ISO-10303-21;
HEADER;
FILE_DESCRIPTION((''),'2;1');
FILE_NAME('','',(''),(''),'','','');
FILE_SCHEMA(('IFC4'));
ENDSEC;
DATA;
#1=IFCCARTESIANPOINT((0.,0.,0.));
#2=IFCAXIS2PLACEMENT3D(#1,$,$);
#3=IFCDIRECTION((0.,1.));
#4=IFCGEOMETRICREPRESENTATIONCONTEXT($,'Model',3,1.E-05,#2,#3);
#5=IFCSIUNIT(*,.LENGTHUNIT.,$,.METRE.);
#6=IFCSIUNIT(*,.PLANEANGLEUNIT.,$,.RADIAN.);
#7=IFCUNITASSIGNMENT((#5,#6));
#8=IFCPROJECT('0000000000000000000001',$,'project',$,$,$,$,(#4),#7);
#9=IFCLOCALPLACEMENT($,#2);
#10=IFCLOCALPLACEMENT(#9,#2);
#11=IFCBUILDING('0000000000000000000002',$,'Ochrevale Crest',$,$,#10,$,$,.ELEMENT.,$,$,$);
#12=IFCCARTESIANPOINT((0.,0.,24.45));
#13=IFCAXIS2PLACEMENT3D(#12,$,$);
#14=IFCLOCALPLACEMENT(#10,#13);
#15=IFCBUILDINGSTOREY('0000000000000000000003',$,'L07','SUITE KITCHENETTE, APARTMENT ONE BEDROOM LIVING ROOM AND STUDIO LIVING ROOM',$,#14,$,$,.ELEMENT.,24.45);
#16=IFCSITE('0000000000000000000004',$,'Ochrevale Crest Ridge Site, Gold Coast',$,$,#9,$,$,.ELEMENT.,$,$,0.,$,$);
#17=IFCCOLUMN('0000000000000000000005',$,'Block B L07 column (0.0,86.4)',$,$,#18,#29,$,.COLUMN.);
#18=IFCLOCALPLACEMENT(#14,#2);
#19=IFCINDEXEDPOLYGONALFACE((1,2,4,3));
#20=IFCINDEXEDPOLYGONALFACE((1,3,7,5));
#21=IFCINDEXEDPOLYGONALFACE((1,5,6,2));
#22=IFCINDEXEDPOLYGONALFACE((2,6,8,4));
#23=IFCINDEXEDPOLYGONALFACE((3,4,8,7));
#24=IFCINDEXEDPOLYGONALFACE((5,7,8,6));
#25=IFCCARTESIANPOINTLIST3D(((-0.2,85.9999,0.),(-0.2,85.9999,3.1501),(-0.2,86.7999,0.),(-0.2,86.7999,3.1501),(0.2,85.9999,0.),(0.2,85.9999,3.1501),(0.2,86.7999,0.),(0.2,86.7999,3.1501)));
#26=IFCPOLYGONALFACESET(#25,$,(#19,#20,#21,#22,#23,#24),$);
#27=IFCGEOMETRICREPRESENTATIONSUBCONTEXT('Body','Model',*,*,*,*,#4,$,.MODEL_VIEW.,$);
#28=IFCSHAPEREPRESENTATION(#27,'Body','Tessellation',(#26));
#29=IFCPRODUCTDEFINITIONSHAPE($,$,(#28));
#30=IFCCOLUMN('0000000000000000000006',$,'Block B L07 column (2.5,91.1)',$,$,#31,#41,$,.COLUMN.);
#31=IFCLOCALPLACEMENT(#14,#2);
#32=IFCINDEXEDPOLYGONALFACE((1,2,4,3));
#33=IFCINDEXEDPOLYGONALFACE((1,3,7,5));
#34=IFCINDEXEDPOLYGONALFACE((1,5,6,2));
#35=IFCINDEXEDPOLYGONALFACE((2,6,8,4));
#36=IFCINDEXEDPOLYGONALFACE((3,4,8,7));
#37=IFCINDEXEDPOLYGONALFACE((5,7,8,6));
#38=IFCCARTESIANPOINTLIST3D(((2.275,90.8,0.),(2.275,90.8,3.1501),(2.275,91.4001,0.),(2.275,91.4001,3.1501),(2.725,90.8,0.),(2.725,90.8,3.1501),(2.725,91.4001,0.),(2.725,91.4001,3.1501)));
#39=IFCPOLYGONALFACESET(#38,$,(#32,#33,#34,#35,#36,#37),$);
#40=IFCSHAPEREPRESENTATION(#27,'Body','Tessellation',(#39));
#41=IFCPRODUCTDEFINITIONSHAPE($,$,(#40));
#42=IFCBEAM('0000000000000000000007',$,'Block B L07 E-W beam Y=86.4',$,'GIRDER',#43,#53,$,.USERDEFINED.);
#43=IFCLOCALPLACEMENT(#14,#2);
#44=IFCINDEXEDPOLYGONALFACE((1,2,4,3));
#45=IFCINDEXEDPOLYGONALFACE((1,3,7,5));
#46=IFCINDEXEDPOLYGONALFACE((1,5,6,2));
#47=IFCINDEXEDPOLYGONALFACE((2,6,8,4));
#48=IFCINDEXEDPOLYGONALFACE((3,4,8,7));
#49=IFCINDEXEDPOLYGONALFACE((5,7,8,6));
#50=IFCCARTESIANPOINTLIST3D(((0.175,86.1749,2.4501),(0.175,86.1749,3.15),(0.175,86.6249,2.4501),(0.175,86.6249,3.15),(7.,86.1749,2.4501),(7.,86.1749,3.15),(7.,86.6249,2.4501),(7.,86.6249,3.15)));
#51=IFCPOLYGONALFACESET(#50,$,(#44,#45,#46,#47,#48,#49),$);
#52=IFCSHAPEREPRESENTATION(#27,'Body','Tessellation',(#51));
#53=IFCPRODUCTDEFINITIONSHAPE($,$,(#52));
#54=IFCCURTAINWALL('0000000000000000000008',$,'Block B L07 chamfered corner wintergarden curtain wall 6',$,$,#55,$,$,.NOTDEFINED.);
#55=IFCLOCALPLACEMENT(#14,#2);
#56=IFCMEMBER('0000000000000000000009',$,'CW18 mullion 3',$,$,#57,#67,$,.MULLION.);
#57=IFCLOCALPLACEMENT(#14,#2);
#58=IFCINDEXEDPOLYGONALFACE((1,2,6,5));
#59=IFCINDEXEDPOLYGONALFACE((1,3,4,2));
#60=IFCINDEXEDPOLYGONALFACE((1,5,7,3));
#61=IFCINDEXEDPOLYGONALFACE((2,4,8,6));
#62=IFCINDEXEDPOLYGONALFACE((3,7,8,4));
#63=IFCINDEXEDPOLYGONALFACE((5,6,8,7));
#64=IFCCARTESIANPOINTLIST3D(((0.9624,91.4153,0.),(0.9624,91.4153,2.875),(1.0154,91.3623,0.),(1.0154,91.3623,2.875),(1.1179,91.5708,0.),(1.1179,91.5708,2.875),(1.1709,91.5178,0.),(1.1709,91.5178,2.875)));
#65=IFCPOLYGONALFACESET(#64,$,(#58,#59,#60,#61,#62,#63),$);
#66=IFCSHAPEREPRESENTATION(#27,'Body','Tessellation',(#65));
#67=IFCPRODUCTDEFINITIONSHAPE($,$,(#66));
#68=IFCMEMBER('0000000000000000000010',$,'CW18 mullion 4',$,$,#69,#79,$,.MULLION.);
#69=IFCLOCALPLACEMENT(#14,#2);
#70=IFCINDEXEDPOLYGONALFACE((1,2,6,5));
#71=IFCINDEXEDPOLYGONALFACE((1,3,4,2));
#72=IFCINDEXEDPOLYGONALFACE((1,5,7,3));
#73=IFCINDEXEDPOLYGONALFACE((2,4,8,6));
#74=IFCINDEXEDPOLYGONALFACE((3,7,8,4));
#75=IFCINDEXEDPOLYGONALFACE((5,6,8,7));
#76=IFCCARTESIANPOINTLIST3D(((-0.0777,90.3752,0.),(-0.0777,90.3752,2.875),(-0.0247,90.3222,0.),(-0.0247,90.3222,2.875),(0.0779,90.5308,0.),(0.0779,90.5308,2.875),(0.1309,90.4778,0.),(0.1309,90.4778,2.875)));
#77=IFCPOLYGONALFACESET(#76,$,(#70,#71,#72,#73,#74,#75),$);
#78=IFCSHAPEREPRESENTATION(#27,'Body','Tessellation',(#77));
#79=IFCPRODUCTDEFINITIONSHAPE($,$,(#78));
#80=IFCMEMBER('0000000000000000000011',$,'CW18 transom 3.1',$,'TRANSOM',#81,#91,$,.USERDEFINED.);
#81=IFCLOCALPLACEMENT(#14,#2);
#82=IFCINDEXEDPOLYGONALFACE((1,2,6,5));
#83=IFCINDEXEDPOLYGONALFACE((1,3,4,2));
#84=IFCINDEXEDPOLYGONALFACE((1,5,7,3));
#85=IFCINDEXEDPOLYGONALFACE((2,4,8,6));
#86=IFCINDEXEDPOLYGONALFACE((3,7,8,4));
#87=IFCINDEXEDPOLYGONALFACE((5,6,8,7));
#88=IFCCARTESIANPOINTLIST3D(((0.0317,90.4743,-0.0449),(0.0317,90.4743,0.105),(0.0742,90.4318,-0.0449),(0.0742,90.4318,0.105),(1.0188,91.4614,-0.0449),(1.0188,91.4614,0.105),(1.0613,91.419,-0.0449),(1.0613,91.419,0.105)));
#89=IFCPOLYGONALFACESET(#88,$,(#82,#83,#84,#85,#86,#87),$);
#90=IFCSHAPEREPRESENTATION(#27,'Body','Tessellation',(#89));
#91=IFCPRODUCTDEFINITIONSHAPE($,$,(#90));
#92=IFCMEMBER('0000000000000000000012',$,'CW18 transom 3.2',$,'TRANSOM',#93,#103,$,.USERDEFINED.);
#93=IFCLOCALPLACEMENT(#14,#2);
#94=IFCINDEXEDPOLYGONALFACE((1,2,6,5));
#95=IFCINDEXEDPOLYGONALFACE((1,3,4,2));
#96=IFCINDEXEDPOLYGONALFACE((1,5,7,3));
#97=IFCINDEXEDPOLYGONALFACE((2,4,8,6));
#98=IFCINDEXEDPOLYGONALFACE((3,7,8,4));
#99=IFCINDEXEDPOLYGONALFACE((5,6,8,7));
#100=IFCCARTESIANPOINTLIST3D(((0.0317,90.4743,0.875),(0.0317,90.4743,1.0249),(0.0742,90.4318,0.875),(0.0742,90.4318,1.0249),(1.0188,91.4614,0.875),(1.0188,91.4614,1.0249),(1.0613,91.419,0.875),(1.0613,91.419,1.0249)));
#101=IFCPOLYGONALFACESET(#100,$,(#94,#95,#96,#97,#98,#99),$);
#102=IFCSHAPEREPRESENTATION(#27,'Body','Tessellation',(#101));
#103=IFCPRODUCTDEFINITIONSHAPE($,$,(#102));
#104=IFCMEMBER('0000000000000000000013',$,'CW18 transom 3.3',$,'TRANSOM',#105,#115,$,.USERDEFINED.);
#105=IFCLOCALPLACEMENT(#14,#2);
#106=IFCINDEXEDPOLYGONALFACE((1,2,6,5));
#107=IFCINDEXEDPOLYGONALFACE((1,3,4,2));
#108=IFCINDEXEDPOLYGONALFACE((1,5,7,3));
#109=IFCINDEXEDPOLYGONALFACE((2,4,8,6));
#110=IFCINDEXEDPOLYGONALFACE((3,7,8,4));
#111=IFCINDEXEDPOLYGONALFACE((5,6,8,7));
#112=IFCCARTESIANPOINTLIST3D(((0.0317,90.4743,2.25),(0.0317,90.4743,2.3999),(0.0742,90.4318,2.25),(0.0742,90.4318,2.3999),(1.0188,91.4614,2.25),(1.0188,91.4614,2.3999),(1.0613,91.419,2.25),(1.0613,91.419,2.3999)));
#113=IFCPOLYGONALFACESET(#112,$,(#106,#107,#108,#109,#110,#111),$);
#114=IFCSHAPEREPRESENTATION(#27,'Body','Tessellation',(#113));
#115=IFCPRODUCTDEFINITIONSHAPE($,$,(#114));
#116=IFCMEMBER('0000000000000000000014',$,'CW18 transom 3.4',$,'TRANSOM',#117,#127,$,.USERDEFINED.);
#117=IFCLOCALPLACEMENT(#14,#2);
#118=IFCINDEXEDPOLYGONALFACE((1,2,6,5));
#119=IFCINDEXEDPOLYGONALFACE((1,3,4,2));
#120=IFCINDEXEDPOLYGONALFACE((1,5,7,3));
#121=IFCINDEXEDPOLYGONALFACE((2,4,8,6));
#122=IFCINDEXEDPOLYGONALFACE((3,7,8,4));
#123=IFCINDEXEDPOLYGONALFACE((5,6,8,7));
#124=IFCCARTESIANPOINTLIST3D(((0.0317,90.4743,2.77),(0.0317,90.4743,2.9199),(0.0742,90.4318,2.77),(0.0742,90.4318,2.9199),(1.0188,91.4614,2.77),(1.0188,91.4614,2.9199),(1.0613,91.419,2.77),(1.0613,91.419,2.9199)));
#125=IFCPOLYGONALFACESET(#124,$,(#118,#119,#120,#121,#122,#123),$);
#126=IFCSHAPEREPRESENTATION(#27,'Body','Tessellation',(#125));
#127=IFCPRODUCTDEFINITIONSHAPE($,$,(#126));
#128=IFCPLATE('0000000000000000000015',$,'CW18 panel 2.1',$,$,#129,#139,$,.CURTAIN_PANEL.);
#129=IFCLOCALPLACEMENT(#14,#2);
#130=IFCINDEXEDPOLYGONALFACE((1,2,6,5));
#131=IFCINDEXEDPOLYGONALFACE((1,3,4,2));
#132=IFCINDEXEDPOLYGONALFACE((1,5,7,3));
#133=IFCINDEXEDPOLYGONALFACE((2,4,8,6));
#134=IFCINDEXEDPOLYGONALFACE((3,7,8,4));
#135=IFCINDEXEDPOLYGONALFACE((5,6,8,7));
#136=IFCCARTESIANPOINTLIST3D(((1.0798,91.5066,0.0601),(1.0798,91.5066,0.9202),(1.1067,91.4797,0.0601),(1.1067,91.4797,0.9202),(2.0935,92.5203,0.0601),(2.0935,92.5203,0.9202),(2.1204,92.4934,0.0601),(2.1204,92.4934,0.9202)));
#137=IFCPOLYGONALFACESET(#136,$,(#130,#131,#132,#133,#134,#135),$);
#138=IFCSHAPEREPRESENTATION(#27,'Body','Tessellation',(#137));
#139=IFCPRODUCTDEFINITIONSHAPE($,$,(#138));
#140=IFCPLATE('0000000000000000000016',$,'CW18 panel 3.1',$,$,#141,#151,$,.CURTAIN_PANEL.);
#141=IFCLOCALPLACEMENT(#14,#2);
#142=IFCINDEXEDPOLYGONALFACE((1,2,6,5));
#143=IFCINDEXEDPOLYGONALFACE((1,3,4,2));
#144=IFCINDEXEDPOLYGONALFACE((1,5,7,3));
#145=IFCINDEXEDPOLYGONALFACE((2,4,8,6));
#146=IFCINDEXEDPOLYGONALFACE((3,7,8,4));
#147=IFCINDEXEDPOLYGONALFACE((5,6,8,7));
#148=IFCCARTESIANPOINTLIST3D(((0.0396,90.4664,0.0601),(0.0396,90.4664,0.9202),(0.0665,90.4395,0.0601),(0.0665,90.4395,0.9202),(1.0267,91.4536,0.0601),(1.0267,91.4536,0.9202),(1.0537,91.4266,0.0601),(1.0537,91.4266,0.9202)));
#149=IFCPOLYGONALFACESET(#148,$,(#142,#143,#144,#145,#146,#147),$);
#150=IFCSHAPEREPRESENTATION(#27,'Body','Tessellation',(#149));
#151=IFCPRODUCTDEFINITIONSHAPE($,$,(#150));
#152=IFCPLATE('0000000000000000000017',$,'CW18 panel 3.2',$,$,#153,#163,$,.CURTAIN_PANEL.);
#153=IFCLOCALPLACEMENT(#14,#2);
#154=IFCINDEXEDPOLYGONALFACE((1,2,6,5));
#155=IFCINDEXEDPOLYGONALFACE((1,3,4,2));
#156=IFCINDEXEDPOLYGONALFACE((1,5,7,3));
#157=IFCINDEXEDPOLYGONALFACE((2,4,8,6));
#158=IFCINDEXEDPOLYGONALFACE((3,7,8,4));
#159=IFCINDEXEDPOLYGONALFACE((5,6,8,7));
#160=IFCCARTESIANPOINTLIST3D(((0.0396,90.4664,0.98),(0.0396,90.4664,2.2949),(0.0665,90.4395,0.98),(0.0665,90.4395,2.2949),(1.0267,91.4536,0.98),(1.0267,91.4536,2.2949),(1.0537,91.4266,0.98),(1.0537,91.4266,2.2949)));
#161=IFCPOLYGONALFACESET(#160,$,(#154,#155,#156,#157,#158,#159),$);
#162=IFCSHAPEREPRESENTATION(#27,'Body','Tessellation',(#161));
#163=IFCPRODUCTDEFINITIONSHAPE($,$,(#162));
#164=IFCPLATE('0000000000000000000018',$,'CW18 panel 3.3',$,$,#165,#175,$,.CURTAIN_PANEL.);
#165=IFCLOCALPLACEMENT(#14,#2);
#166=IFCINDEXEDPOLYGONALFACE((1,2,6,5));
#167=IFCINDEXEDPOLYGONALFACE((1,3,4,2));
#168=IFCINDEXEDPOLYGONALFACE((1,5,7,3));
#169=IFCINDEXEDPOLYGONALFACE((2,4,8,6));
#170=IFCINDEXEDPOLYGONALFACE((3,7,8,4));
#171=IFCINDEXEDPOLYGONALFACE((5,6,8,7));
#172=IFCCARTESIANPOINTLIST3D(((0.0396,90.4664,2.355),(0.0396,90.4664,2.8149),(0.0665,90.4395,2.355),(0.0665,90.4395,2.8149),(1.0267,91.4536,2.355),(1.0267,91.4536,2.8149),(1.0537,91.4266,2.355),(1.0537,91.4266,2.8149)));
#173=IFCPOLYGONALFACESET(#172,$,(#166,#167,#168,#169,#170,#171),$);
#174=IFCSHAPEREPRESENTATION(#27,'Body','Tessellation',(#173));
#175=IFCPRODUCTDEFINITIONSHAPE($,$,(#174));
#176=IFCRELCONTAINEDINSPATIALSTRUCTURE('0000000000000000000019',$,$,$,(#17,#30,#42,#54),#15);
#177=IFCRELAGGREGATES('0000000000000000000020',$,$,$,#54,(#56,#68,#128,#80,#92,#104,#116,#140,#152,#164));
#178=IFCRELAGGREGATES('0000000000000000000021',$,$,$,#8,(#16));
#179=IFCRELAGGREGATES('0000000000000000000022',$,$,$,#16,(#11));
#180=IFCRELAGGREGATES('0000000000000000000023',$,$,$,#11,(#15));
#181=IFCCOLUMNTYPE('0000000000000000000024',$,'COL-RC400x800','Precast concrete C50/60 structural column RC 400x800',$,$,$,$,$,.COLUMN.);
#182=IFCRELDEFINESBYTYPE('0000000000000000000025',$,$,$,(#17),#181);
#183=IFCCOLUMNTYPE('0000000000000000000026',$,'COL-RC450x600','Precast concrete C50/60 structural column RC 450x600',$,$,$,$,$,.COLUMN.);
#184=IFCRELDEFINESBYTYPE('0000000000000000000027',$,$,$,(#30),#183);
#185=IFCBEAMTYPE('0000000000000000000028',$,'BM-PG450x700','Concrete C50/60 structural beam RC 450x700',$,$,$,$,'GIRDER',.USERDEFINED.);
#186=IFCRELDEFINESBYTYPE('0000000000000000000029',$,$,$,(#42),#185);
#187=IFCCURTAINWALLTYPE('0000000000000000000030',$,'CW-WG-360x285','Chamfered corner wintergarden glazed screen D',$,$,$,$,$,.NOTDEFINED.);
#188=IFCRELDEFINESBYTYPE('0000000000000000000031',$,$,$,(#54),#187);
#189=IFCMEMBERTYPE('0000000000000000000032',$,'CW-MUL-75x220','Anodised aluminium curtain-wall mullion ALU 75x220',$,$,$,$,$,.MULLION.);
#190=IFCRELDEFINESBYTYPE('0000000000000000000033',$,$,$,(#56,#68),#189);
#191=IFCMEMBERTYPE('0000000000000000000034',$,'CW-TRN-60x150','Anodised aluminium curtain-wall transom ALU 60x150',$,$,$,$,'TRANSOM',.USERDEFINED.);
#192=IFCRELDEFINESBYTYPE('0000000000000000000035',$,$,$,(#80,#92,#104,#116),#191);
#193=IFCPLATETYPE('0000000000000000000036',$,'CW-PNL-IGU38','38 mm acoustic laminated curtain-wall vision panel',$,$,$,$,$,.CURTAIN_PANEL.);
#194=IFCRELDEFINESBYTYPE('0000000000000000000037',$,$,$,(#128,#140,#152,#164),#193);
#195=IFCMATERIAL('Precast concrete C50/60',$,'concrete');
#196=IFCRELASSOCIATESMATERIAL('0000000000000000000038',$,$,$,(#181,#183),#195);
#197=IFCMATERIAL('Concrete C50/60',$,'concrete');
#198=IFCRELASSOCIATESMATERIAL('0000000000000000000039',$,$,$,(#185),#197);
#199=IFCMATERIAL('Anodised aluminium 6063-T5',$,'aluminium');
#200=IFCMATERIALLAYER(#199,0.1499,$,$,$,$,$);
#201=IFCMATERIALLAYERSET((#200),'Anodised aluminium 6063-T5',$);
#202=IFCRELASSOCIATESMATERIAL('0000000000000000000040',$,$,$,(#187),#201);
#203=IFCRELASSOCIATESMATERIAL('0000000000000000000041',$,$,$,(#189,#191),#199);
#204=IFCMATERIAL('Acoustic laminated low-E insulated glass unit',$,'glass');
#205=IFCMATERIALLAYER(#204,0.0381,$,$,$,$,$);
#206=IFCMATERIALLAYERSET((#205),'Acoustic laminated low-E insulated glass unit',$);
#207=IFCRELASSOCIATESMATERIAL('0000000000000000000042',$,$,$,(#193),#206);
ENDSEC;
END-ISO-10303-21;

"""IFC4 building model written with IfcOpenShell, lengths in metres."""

from ifc_helpers import new_model, si_unit, direction, frame, origin, origin_2d, place, context, subcontext, project, spatial, rectangle, extrude, material, layer, layer_set, material_profile, profile_set, type_object, element, aggregate, save


model = new_model("IFC4")

# Units and contexts
model_context = context("Model", 3, precision=1e-05, world=origin(), true_north=direction((0.0, 1.0)))
body_context = subcontext(model_context, "Body", "Model", "MODEL_VIEW")
ifc_project = project(units=[si_unit("LENGTHUNIT", "METRE"), si_unit("PLANEANGLEUNIT", "RADIAN")], contexts=[model_context])

# Site, building, storey
site_placement = place(None, origin())
site = spatial("IfcSite", under=ifc_project, at=site_placement, Name="Ochrevale Crest Ridge Site, Gold Coast", CompositionType="ELEMENT", RefElevation=0.0)
building_placement = place(site_placement, origin())
building = spatial("IfcBuilding", under=site, at=building_placement, Name="Ochrevale Crest", CompositionType="ELEMENT")
storey_placement = place(building_placement, frame((0.0, 0.0, 24.45)))
storey = spatial("IfcBuildingStorey", under=building, at=storey_placement, Name="L07", Description="SUITE KITCHENETTE, APARTMENT ONE BEDROOM LIVING ROOM AND STUDIO LIVING ROOM", CompositionType="ELEMENT", Elevation=24.45)

# Columns
ifc_material_1 = material(Name="Precast concrete C50/60", Category="concrete")
ifc_material_profile_1 = material_profile(ifc_material_1, rectangle(XDim=0.3999, YDim=0.8, at=origin_2d()), Name="RC 400x800")
ifc_profile_set_1 = profile_set([ifc_material_profile_1], Name="Precast concrete C50/60")
column_type_1 = type_object("IfcColumnType", Name="COL-RC400x800", Description="Precast concrete C50/60 structural column RC 400x800", PredefinedType="COLUMN", material=ifc_profile_set_1)
column_1_placement = place(storey_placement, frame((0.0, 86.3999, 0.0), z_axis=(0.0, 0.0, 1.0), x_axis=(1.0, 0.0, 0.0)))
element("IfcColumn", 1, at=column_1_placement, inside=storey, type_object=column_type_1, Name="Block B L07 column (0.0,86.4)", PredefinedType="COLUMN", context=body_context, shape_type="SweptSolid", body=[
    extrude(rectangle(XDim=0.3999, YDim=0.8, at=origin_2d()), origin(), (0.0, 0.0, 1.0), 3.1501),
])
ifc_material_profile_2 = material_profile(ifc_material_1, rectangle(XDim=0.45, YDim=0.6001, at=origin_2d()), Name="RC 450x600")
ifc_profile_set_2 = profile_set([ifc_material_profile_2], Name="Precast concrete C50/60")
column_type_2 = type_object("IfcColumnType", Name="COL-RC450x600", Description="Precast concrete C50/60 structural column RC 450x600", PredefinedType="COLUMN", material=ifc_profile_set_2)
column_2_placement = place(storey_placement, frame((2.5, 91.1001, 0.0), z_axis=(0.0, 0.0, 1.0), x_axis=(1.0, 0.0, 0.0)))
element("IfcColumn", 2, at=column_2_placement, inside=storey, type_object=column_type_2, Name="Block B L07 column (2.5,91.1)", PredefinedType="COLUMN", context=body_context, shape_type="SweptSolid", body=[
    extrude(rectangle(XDim=0.45, YDim=0.6001, at=origin_2d()), origin(), (0.0, 0.0, 1.0), 3.1501),
])

# Beam
ifc_material_2 = material(Name="Concrete C50/60", Category="concrete")
ifc_material_profile_3 = material_profile(ifc_material_2, rectangle(XDim=0.45, YDim=0.7, at=origin_2d()), Name="RC 450x700")
ifc_profile_set_3 = profile_set([ifc_material_profile_3], Name="Concrete C50/60")
beam_type = type_object("IfcBeamType", Name="BM-PG450x700", Description="Concrete C50/60 structural beam RC 450x700", ElementType="GIRDER", PredefinedType="USERDEFINED", material=ifc_profile_set_3)
beam_placement = place(storey_placement, frame((0.175, 86.3999, 2.8), z_axis=(1.0, 0.0, 0.0), x_axis=(0.0, 1.0, 0.0)))
element("IfcBeam", 3, at=beam_placement, inside=storey, type_object=beam_type, Name="Block B L07 E-W beam Y=86.4", ObjectType="GIRDER", PredefinedType="USERDEFINED", context=body_context, shape_type="SweptSolid", body=[
    extrude(rectangle(XDim=0.45, YDim=0.7, at=origin_2d()), origin(), (0.0, 0.0, 1.0), 6.825),
])

# Curtain wall, members, plates
ifc_material_3 = material(Name="Anodised aluminium 6063-T5", Category="aluminium")
ifc_layer_1 = layer(ifc_material_3, 0.1499)
ifc_layer_set_1 = layer_set([ifc_layer_1], Name="Anodised aluminium 6063-T5")
curtain_wall_type = type_object("IfcCurtainWallType", Name="CW-WG-360x285", Description="Chamfered corner wintergarden glazed screen D", PredefinedType="NOTDEFINED", material=ifc_layer_set_1)
curtain_wall_placement = place(storey_placement, origin())
curtain_wall = element("IfcCurtainWall", 4, at=curtain_wall_placement, inside=storey, type_object=curtain_wall_type, Name="Block B L07 chamfered corner wintergarden curtain wall 6", PredefinedType="NOTDEFINED")
ifc_material_profile_4 = material_profile(ifc_material_3, rectangle(XDim=0.075, YDim=0.22, at=origin_2d()), Name="ALU 75x220")
ifc_profile_set_4 = profile_set([ifc_material_profile_4], Name="Anodised aluminium 6063-T5")
member_type_1 = type_object("IfcMemberType", Name="CW-MUL-75x220", Description="Anodised aluminium curtain-wall mullion ALU 75x220", PredefinedType="MULLION", material=ifc_profile_set_4)
member_1_placement = place(storey_placement, frame((1.0667, 91.4666, 0.0), z_axis=(0.0, 0.0, 1.0), x_axis=(0.707107, -0.707107, 0.0)))
member_1 = element("IfcMember", 5, at=member_1_placement, type_object=member_type_1, Name="CW18 mullion 3", PredefinedType="MULLION", context=body_context, shape_type="SweptSolid", body=[
    extrude(rectangle(XDim=0.075, YDim=0.22, at=origin_2d()), origin(), (0.0, 0.0, 1.0), 2.875),
])
member_2_placement = place(storey_placement, frame((0.0266, 90.4265, 0.0), z_axis=(0.0, 0.0, 1.0), x_axis=(0.707107, -0.707107, 0.0)))
member_2 = element("IfcMember", 6, at=member_2_placement, type_object=member_type_1, Name="CW18 mullion 4", PredefinedType="MULLION", context=body_context, shape_type="SweptSolid", body=[
    extrude(rectangle(XDim=0.075, YDim=0.22, at=origin_2d()), origin(), (0.0, 0.0, 1.0), 2.875),
])
ifc_material_profile_5 = material_profile(ifc_material_3, rectangle(XDim=0.0601, YDim=0.1499, at=origin_2d()), Name="ALU 60x150")
ifc_profile_set_5 = profile_set([ifc_material_profile_5], Name="Anodised aluminium 6063-T5")
member_type_2 = type_object("IfcMemberType", Name="CW-TRN-60x150", Description="Anodised aluminium curtain-wall transom ALU 60x150", ElementType="TRANSOM", PredefinedType="USERDEFINED", material=ifc_profile_set_5)
member_3_placement = place(storey_placement, frame((1.04, 91.4402, 0.03), z_axis=(-0.707107, -0.707107, 0.0), x_axis=(0.707107, -0.707107, 0.0)))
member_3 = element("IfcMember", 7, at=member_3_placement, type_object=member_type_2, Name="CW18 transom 3.1", ObjectType="TRANSOM", PredefinedType="USERDEFINED", context=body_context, shape_type="SweptSolid", body=[
    extrude(rectangle(XDim=0.0601, YDim=0.1499, at=origin_2d()), origin(), (0.0, 0.0, 1.0), 1.396),
])
member_4_placement = place(storey_placement, frame((1.04, 91.4402, 0.95), z_axis=(-0.707107, -0.707107, 0.0), x_axis=(0.707107, -0.707107, 0.0)))
member_4 = element("IfcMember", 8, at=member_4_placement, type_object=member_type_2, Name="CW18 transom 3.2", ObjectType="TRANSOM", PredefinedType="USERDEFINED", context=body_context, shape_type="SweptSolid", body=[
    extrude(rectangle(XDim=0.0601, YDim=0.1499, at=origin_2d()), origin(), (0.0, 0.0, 1.0), 1.396),
])
member_5_placement = place(storey_placement, frame((1.04, 91.4402, 2.325), z_axis=(-0.707107, -0.707107, 0.0), x_axis=(0.707107, -0.707107, 0.0)))
member_5 = element("IfcMember", 9, at=member_5_placement, type_object=member_type_2, Name="CW18 transom 3.3", ObjectType="TRANSOM", PredefinedType="USERDEFINED", context=body_context, shape_type="SweptSolid", body=[
    extrude(rectangle(XDim=0.0601, YDim=0.1499, at=origin_2d()), origin(), (0.0, 0.0, 1.0), 1.396),
])
member_6_placement = place(storey_placement, frame((1.04, 91.4402, 2.845), z_axis=(-0.707107, -0.707107, 0.0), x_axis=(0.707107, -0.707107, 0.0)))
member_6 = element("IfcMember", 10, at=member_6_placement, type_object=member_type_2, Name="CW18 transom 3.4", ObjectType="TRANSOM", PredefinedType="USERDEFINED", context=body_context, shape_type="SweptSolid", body=[
    extrude(rectangle(XDim=0.0601, YDim=0.1499, at=origin_2d()), origin(), (0.0, 0.0, 1.0), 1.396),
])
ifc_material_4 = material(Name="Acoustic laminated low-E insulated glass unit", Category="glass")
ifc_layer_2 = layer(ifc_material_4, 0.0381)
ifc_layer_set_2 = layer_set([ifc_layer_2], Name="Acoustic laminated low-E insulated glass unit")
plate_type = type_object("IfcPlateType", Name="CW-PNL-IGU38", Description="38 mm acoustic laminated curtain-wall vision panel", PredefinedType="CURTAIN_PANEL", material=ifc_layer_set_2)
plate_1_placement = place(storey_placement, frame((1.6001, 92.0, 0.0601), z_axis=(0.0, 0.0, 1.0), x_axis=(-0.707107, -0.707107, 0.0)))
plate_1 = element("IfcPlate", 11, at=plate_1_placement, type_object=plate_type, Name="CW18 panel 2.1", PredefinedType="CURTAIN_PANEL", context=body_context, shape_type="SweptSolid", body=[
    extrude(rectangle(XDim=1.4336, YDim=0.0381, at=origin_2d()), origin(), (0.0, 0.0, 1.0), 0.8601),
])
plate_2_placement = place(storey_placement, frame((0.5466, 90.9465, 0.0601), z_axis=(0.0, 0.0, 1.0), x_axis=(-0.707107, -0.707107, 0.0)))
plate_2 = element("IfcPlate", 12, at=plate_2_placement, type_object=plate_type, Name="CW18 panel 3.1", PredefinedType="CURTAIN_PANEL", context=body_context, shape_type="SweptSolid", body=[
    extrude(rectangle(XDim=1.396, YDim=0.0381, at=origin_2d()), origin(), (0.0, 0.0, 1.0), 0.8601),
])
plate_3_placement = place(storey_placement, frame((0.5466, 90.9465, 0.98), z_axis=(0.0, 0.0, 1.0), x_axis=(-0.707107, -0.707107, 0.0)))
plate_3 = element("IfcPlate", 13, at=plate_3_placement, type_object=plate_type, Name="CW18 panel 3.2", PredefinedType="CURTAIN_PANEL", context=body_context, shape_type="SweptSolid", body=[
    extrude(rectangle(XDim=1.396, YDim=0.0381, at=origin_2d()), origin(), (0.0, 0.0, 1.0), 1.3149),
])
plate_4_placement = place(storey_placement, frame((0.5466, 90.9465, 2.355), z_axis=(0.0, 0.0, 1.0), x_axis=(-0.707107, -0.707107, 0.0)))
plate_4 = element("IfcPlate", 14, at=plate_4_placement, type_object=plate_type, Name="CW18 panel 3.3", PredefinedType="CURTAIN_PANEL", context=body_context, shape_type="SweptSolid", body=[
    extrude(rectangle(XDim=1.396, YDim=0.0381, at=origin_2d()), origin(), (0.0, 0.0, 1.0), 0.46),
])
aggregate(curtain_wall, [member_1, member_2, plate_1, member_3, member_4, member_5, member_6, plate_2, plate_3, plate_4])

save(model, "model.ifc")
